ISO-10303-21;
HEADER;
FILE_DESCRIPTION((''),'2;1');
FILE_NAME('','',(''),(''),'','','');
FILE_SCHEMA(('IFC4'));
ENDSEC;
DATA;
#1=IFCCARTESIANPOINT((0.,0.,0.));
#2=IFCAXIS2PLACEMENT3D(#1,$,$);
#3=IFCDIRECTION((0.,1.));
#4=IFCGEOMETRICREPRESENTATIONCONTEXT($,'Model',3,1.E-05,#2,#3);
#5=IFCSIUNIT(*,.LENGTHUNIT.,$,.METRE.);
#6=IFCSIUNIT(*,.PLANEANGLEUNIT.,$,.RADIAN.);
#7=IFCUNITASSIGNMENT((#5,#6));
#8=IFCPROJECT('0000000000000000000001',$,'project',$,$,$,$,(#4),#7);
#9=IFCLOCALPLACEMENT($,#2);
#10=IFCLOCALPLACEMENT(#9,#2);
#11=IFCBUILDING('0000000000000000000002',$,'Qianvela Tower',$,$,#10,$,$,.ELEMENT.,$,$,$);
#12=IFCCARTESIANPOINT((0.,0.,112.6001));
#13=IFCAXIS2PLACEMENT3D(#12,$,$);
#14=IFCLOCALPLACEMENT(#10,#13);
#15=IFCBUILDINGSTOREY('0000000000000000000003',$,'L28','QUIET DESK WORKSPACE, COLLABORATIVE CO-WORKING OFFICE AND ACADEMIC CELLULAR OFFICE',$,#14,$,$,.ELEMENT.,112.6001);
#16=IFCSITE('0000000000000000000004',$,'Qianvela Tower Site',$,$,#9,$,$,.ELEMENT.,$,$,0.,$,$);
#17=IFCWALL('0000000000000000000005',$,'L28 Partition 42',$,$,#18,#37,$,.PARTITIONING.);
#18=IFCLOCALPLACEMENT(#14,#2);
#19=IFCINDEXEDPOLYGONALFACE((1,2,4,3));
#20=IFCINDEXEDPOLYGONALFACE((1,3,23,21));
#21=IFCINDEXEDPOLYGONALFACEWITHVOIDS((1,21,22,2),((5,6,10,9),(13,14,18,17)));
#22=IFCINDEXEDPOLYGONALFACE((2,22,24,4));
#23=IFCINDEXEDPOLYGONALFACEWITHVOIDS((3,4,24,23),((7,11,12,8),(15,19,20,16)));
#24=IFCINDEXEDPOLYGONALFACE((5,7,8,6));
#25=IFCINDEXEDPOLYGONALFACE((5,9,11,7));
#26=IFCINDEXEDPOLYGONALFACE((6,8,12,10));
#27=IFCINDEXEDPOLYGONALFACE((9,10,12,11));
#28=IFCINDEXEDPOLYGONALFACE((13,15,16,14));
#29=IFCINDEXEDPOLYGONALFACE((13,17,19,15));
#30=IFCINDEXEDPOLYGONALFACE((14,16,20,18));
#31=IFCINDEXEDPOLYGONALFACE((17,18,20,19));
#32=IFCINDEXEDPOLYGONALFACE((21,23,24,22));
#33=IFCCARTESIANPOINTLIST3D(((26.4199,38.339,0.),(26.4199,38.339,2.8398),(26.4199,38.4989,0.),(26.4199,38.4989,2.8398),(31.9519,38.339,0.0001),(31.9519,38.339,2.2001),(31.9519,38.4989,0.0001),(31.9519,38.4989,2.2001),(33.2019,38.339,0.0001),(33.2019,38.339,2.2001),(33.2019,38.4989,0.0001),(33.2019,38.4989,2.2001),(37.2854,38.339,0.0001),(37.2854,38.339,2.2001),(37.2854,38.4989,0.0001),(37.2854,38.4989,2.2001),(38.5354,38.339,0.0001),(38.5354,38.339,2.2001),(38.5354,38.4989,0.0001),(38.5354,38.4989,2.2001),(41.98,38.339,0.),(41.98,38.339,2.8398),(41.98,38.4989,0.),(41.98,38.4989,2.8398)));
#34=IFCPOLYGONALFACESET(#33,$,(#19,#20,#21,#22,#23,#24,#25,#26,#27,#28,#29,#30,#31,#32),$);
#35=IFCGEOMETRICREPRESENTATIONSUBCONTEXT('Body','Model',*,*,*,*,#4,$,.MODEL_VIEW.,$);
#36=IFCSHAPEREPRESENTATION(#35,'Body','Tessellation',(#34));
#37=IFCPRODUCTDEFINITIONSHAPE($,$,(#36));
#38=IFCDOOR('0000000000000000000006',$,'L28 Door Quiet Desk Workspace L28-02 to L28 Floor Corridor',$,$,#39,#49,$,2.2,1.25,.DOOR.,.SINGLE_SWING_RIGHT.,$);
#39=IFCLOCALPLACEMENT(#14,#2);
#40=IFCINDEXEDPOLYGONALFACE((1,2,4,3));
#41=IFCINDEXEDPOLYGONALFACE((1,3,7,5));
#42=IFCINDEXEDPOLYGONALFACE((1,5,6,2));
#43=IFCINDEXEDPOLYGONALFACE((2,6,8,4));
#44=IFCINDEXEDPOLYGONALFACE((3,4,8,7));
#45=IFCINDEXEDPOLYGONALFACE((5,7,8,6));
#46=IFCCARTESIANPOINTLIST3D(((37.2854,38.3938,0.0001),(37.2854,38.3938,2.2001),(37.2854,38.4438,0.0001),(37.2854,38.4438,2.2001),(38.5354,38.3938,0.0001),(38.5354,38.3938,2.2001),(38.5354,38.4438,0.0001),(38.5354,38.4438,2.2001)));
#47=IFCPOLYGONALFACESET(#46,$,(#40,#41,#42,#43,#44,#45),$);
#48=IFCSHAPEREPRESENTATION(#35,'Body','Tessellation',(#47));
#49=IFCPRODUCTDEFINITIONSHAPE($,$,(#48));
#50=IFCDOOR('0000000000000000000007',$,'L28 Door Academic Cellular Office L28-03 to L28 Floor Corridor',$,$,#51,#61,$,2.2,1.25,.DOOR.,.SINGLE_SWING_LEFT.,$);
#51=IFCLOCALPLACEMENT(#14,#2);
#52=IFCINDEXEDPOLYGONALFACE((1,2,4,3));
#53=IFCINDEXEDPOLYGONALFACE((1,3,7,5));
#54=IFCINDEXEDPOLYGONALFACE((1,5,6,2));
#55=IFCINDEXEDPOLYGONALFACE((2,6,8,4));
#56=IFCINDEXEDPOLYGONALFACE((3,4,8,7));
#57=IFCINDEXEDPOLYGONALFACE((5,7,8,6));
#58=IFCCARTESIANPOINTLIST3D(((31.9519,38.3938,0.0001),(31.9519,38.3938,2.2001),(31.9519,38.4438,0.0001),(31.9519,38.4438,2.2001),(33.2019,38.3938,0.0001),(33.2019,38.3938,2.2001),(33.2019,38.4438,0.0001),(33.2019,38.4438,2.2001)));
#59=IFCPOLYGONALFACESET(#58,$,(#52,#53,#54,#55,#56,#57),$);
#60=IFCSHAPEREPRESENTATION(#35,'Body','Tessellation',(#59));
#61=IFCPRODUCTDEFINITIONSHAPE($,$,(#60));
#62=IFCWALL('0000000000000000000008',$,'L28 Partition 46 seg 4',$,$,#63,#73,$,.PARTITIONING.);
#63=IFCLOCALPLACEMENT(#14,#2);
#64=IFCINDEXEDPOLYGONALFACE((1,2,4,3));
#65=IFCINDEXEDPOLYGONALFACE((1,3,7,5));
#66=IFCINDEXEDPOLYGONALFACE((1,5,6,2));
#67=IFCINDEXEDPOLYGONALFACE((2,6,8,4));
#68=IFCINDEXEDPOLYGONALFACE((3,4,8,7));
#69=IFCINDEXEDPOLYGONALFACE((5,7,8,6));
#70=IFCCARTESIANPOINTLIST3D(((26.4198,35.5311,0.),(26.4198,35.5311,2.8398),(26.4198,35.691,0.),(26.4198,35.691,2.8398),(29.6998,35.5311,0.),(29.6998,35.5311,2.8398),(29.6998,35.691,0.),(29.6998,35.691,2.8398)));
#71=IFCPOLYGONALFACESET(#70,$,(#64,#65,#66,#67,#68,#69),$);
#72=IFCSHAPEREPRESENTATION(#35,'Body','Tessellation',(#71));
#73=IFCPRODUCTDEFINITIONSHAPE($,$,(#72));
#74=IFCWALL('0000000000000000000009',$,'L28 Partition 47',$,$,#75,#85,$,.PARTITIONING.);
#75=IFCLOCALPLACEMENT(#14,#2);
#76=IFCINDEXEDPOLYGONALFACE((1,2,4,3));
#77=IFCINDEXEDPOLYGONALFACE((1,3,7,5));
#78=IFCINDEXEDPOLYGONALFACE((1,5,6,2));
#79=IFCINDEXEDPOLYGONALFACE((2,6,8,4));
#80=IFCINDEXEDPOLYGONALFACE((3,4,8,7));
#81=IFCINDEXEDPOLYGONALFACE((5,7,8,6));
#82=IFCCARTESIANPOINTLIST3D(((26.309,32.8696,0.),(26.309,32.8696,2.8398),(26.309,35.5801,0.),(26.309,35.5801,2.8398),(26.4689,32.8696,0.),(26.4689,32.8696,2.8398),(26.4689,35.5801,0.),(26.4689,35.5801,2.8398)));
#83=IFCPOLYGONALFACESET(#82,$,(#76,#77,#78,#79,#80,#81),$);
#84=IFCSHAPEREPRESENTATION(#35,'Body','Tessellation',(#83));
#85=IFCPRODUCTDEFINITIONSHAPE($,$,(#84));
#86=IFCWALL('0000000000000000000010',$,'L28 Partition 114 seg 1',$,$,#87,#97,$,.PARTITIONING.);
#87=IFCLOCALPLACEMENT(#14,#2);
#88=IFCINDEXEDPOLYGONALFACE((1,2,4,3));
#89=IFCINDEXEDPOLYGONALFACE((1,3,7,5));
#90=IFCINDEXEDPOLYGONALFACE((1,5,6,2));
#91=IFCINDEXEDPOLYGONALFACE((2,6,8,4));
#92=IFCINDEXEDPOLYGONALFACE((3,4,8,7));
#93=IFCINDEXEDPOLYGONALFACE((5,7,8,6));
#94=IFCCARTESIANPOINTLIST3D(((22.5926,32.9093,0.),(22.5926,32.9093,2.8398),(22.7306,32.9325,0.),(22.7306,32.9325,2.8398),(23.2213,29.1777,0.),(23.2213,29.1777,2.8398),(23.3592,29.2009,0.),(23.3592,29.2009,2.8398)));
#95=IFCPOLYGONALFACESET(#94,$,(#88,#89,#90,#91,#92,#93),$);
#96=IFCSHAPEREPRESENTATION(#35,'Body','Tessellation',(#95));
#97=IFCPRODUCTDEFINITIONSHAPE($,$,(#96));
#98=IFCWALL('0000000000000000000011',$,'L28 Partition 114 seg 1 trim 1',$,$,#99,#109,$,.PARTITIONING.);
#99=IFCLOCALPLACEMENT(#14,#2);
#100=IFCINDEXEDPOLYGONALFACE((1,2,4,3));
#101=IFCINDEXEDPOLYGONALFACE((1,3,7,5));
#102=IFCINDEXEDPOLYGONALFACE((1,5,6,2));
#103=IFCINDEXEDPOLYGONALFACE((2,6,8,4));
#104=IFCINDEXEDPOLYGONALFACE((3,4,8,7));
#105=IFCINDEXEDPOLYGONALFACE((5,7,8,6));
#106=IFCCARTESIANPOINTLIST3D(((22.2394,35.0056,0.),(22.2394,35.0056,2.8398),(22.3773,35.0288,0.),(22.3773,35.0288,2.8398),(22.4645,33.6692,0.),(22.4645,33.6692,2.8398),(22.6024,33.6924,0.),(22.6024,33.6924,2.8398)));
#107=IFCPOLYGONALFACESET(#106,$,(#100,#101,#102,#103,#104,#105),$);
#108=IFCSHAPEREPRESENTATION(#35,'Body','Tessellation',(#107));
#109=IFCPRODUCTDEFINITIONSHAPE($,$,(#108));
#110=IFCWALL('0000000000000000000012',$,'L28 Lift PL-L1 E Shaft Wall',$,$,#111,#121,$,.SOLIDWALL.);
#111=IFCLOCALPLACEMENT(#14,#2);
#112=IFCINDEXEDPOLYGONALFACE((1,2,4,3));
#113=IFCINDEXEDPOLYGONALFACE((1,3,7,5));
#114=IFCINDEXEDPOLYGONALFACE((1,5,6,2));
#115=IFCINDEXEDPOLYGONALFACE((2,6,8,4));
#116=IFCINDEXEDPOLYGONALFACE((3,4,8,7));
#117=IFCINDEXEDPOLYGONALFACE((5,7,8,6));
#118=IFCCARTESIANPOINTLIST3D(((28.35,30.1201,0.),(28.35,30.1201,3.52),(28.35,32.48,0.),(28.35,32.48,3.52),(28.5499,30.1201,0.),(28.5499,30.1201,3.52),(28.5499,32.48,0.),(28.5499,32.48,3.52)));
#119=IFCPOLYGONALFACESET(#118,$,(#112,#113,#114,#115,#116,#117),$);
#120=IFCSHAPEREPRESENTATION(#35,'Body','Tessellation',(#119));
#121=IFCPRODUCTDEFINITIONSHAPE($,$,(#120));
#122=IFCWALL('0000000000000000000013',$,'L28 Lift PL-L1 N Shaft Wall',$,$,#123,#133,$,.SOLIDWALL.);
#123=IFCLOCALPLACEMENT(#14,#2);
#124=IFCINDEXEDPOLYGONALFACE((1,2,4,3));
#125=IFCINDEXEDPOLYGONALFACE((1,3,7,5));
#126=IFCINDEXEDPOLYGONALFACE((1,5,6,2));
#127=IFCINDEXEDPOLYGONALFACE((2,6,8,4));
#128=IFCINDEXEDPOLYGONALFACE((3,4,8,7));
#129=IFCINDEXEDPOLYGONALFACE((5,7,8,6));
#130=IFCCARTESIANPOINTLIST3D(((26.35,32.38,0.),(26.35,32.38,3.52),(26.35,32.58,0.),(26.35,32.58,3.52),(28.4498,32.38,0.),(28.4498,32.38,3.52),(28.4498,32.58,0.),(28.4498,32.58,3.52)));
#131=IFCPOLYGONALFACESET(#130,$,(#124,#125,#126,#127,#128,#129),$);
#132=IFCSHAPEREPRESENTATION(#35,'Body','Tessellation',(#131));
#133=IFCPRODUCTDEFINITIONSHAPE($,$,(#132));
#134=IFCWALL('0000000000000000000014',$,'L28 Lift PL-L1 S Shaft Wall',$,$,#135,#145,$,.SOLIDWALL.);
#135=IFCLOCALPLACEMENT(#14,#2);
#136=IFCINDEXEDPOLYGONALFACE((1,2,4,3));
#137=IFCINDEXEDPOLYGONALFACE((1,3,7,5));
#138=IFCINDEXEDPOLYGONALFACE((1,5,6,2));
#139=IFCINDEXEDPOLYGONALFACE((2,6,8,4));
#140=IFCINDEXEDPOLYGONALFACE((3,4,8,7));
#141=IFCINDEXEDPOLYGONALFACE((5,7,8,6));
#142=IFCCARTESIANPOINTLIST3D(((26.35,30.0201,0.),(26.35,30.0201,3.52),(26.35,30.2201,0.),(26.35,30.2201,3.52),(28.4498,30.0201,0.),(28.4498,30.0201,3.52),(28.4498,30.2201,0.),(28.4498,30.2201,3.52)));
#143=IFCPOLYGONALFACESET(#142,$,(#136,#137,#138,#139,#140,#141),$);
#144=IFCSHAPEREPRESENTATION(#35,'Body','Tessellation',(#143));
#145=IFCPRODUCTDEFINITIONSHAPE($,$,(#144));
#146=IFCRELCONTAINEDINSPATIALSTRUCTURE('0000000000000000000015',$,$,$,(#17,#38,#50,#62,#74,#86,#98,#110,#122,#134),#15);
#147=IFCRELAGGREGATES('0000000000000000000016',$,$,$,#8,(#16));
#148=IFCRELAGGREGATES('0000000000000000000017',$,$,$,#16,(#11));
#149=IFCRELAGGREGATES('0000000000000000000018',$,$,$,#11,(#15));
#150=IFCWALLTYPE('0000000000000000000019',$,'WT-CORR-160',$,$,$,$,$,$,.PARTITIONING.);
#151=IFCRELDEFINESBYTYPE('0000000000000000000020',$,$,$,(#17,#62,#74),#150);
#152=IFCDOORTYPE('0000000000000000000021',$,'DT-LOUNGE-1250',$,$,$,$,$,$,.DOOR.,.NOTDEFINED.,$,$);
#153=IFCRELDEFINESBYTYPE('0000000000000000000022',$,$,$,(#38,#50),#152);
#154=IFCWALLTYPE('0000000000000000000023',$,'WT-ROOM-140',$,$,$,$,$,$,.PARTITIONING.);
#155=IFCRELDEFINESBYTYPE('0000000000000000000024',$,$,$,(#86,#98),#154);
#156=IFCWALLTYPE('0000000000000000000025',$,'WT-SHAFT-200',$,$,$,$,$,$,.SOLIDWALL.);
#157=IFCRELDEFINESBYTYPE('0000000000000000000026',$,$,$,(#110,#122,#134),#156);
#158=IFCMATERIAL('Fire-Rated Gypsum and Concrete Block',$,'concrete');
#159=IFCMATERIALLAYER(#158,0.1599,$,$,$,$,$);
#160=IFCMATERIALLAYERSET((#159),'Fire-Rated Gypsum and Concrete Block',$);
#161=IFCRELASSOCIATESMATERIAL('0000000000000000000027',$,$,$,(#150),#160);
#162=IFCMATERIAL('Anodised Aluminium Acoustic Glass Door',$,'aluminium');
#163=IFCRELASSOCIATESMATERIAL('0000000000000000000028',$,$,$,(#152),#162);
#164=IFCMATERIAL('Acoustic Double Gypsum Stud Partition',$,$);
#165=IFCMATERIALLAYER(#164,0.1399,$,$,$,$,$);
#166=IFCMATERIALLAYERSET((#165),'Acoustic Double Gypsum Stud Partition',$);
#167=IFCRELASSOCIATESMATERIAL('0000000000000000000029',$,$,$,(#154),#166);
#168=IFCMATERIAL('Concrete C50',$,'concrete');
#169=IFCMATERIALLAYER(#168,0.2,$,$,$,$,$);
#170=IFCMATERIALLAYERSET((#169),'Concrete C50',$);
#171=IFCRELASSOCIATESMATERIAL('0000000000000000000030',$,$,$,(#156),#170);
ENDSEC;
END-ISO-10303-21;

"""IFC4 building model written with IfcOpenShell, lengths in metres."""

from ifc_helpers import new_model, si_unit, direction, frame, frame_2d, origin, place, context, subcontext, project, spatial, rectangle, extrude, material, layer, layer_set, type_object, element, fill, save


model = new_model("IFC4")

# Units and contexts
model_context = context("Model", 3, precision=1e-05, world=origin(), true_north=direction((0.0, 1.0)))
body_context = subcontext(model_context, "Body", "Model", "MODEL_VIEW")
ifc_project = project(units=[si_unit("LENGTHUNIT", "METRE"), si_unit("PLANEANGLEUNIT", "RADIAN")], contexts=[model_context])

# Site, building, storey
site_placement = place(None, origin())
site = spatial("IfcSite", under=ifc_project, at=site_placement, Name="Qianvela Tower Site", CompositionType="ELEMENT", RefElevation=0.0)
building_placement = place(site_placement, origin())
building = spatial("IfcBuilding", under=site, at=building_placement, Name="Qianvela Tower", CompositionType="ELEMENT")
storey_placement = place(building_placement, frame((0.0, 0.0, 112.6001)))
storey = spatial("IfcBuildingStorey", under=building, at=storey_placement, Name="L28", Description="QUIET DESK WORKSPACE, COLLABORATIVE CO-WORKING OFFICE AND ACADEMIC CELLULAR OFFICE", CompositionType="ELEMENT", Elevation=112.6001)

# Shared definitions
ifc_material_1 = material(Name="Fire-Rated Gypsum and Concrete Block", Category="concrete")
ifc_layer_1 = layer(ifc_material_1, 0.1599)
ifc_layer_set_1 = layer_set([ifc_layer_1], Name="Fire-Rated Gypsum and Concrete Block")
wall_type_1 = type_object("IfcWallType", Name="WT-CORR-160", PredefinedType="PARTITIONING", material=ifc_layer_set_1)

# Wall, openings, doors
wall_1_placement = place(storey_placement, frame((26.4199, 38.4189, 0.0), z_axis=(0.0, 0.0, 1.0), x_axis=(1.0, 0.0, 0.0)))
wall_1 = element("IfcWall", 1, at=wall_1_placement, inside=storey, type_object=wall_type_1, Name="L28 Partition 42", PredefinedType="PARTITIONING", context=body_context, shape_type="SweptSolid", body=[
    extrude(rectangle(XDim=15.5601, YDim=0.1599, at=frame_2d((7.78, 0.0))), origin(), (0.0, 0.0, 1.0), 2.8398),
])
opening_1_placement = place(wall_1_placement, frame((10.8655, 0.0, 0.0)))
opening_1 = element("IfcOpeningElement", 2, at=opening_1_placement, cuts=wall_1, PredefinedType="OPENING", context=body_context, shape_type="SweptSolid", body=[
    extrude(rectangle(XDim=1.25, YDim=2.2, at=frame_2d((0.625, 1.1001))), frame((0.0, 0.0898, 0.0), z_axis=(0.0, -1.0, 0.0), x_axis=(1.0, 0.0, 0.0)), (0.0, 0.0, 1.0), 0.1799),
])
opening_2_placement = place(wall_1_placement, frame((5.532, 0.0, 0.0)))
opening_2 = element("IfcOpeningElement", 3, at=opening_2_placement, cuts=wall_1, PredefinedType="OPENING", context=body_context, shape_type="SweptSolid", body=[
    extrude(rectangle(XDim=1.25, YDim=2.2, at=frame_2d((0.625, 1.1001))), frame((0.0, 0.0898, 0.0), z_axis=(0.0, -1.0, 0.0), x_axis=(1.0, 0.0, 0.0)), (0.0, 0.0, 1.0), 0.1799),
])
ifc_material_2 = material(Name="Anodised Aluminium Acoustic Glass Door", Category="aluminium")
door_type_1 = type_object("IfcDoorType", Name="DT-LOUNGE-1250", OperationType="NOTDEFINED", PredefinedType="DOOR", material=ifc_material_2)
door_1_placement = place(opening_1_placement, origin())
door_1 = element("IfcDoor", 4, at=door_1_placement, inside=storey, type_object=door_type_1, Name="L28 Door Quiet Desk Workspace L28-02 to L28 Floor Corridor", OperationType="SINGLE_SWING_RIGHT", OverallHeight=2.2, OverallWidth=1.25, PredefinedType="DOOR", context=body_context, shape_type="SweptSolid", body=[
    extrude(rectangle(XDim=1.25, YDim=2.2, at=frame_2d((0.625, 1.1001))), frame((0.0, 0.0249, 0.0), z_axis=(0.0, -1.0, 0.0), x_axis=(1.0, 0.0, 0.0)), (0.0, 0.0, 1.0), 0.05),
])
fill(opening_1, door_1)
door_2_placement = place(opening_2_placement, origin())
door_2 = element("IfcDoor", 5, at=door_2_placement, inside=storey, type_object=door_type_1, Name="L28 Door Academic Cellular Office L28-03 to L28 Floor Corridor", OperationType="SINGLE_SWING_LEFT", OverallHeight=2.2, OverallWidth=1.25, PredefinedType="DOOR", context=body_context, shape_type="SweptSolid", body=[
    extrude(rectangle(XDim=1.25, YDim=2.2, at=frame_2d((0.625, 1.1001))), frame((0.0, 0.0249, 0.0), z_axis=(0.0, -1.0, 0.0), x_axis=(1.0, 0.0, 0.0)), (0.0, 0.0, 1.0), 0.05),
])
fill(opening_2, door_2)

# Walls
wall_2_placement = place(storey_placement, frame((29.7, 35.6111, 0.0), z_axis=(0.0, 0.0, 1.0), x_axis=(-1.0, 0.0, 0.0)))
element("IfcWall", 6, at=wall_2_placement, inside=storey, type_object=wall_type_1, Name="L28 Partition 46 seg 4", PredefinedType="PARTITIONING", context=body_context, shape_type="SweptSolid", body=[
    extrude(rectangle(XDim=3.28, YDim=0.1599, at=frame_2d((1.6401, 0.0))), origin(), (0.0, 0.0, 1.0), 2.8398),
])
wall_3_placement = place(storey_placement, frame((26.3889, 35.5801, 0.0), z_axis=(0.0, 0.0, 1.0), x_axis=(0.0, -1.0, 0.0)))
element("IfcWall", 7, at=wall_3_placement, inside=storey, type_object=wall_type_1, Name="L28 Partition 47", PredefinedType="PARTITIONING", context=body_context, shape_type="SweptSolid", body=[
    extrude(rectangle(XDim=2.7104, YDim=0.1599, at=frame_2d((1.3552, 0.0))), origin(), (0.0, 0.0, 1.0), 2.8398),
])
ifc_material_3 = material(Name="Acoustic Double Gypsum Stud Partition")
ifc_layer_2 = layer(ifc_material_3, 0.1399)
ifc_layer_set_2 = layer_set([ifc_layer_2], Name="Acoustic Double Gypsum Stud Partition")
wall_type_2 = type_object("IfcWallType", Name="WT-ROOM-140", PredefinedType="PARTITIONING", material=ifc_layer_set_2)
wall_4_placement = place(storey_placement, frame((22.6616, 32.9209, 0.0), z_axis=(0.0, 0.0, 1.0), x_axis=(0.166125, -0.986105, 0.0)))
element("IfcWall", 8, at=wall_4_placement, inside=storey, type_object=wall_type_2, Name="L28 Partition 114 seg 1", PredefinedType="PARTITIONING", context=body_context, shape_type="SweptSolid", body=[
    extrude(rectangle(XDim=3.7842, YDim=0.1399, at=frame_2d((1.8921, 0.0))), origin(), (0.0, 0.0, 1.0), 2.8398),
])
wall_5_placement = place(storey_placement, frame((22.3083, 35.0173, 0.0), z_axis=(0.0, 0.0, 1.0), x_axis=(0.166093, -0.98611, 0.0)))
element("IfcWall", 9, at=wall_5_placement, inside=storey, type_object=wall_type_2, Name="L28 Partition 114 seg 1 trim 1", PredefinedType="PARTITIONING", context=body_context, shape_type="SweptSolid", body=[
    extrude(rectangle(XDim=1.3552, YDim=0.1399, at=frame_2d((0.6777, 0.0))), origin(), (0.0, 0.0, 1.0), 2.8398),
])
ifc_material_4 = material(Name="Concrete C50", Category="concrete")
ifc_layer_3 = layer(ifc_material_4, 0.2)
ifc_layer_set_3 = layer_set([ifc_layer_3], Name="Concrete C50")
wall_type_3 = type_object("IfcWallType", Name="WT-SHAFT-200", PredefinedType="SOLIDWALL", material=ifc_layer_set_3)
wall_6_placement = place(storey_placement, frame((28.45, 30.1201, 0.0), z_axis=(0.0, 0.0, 1.0), x_axis=(0.0, 1.0, 0.0)))
element("IfcWall", 10, at=wall_6_placement, inside=storey, type_object=wall_type_3, Name="L28 Lift PL-L1 E Shaft Wall", PredefinedType="SOLIDWALL", context=body_context, shape_type="SweptSolid", body=[
    extrude(rectangle(XDim=2.3599, YDim=0.2, at=frame_2d((1.1799, 0.0))), origin(), (0.0, 0.0, 1.0), 3.52),
])

# Walls
for number, where, z_axis, x_axis, name in (
    (11, (26.3501, 32.48, 0.0), (0.0, 0.0, 1.0), (1.0, 0.0, 0.0), "L28 Lift PL-L1 N Shaft Wall"),
    (12, (26.3501, 30.1201, 0.0), (0.0, 0.0, 1.0), (1.0, 0.0, 0.0), "L28 Lift PL-L1 S Shaft Wall"),
):
    element("IfcWall", number, at=place(storey_placement, frame(where, z_axis=z_axis, x_axis=x_axis)), inside=storey, type_object=wall_type_3, Name=name, PredefinedType="SOLIDWALL", context=body_context, shape_type="SweptSolid", body=[
        extrude(rectangle(XDim=2.0999, YDim=0.2, at=frame_2d((1.0498, 0.0))), origin(), (0.0, 0.0, 1.0), 3.52),
    ])

save(model, "model.ifc")
